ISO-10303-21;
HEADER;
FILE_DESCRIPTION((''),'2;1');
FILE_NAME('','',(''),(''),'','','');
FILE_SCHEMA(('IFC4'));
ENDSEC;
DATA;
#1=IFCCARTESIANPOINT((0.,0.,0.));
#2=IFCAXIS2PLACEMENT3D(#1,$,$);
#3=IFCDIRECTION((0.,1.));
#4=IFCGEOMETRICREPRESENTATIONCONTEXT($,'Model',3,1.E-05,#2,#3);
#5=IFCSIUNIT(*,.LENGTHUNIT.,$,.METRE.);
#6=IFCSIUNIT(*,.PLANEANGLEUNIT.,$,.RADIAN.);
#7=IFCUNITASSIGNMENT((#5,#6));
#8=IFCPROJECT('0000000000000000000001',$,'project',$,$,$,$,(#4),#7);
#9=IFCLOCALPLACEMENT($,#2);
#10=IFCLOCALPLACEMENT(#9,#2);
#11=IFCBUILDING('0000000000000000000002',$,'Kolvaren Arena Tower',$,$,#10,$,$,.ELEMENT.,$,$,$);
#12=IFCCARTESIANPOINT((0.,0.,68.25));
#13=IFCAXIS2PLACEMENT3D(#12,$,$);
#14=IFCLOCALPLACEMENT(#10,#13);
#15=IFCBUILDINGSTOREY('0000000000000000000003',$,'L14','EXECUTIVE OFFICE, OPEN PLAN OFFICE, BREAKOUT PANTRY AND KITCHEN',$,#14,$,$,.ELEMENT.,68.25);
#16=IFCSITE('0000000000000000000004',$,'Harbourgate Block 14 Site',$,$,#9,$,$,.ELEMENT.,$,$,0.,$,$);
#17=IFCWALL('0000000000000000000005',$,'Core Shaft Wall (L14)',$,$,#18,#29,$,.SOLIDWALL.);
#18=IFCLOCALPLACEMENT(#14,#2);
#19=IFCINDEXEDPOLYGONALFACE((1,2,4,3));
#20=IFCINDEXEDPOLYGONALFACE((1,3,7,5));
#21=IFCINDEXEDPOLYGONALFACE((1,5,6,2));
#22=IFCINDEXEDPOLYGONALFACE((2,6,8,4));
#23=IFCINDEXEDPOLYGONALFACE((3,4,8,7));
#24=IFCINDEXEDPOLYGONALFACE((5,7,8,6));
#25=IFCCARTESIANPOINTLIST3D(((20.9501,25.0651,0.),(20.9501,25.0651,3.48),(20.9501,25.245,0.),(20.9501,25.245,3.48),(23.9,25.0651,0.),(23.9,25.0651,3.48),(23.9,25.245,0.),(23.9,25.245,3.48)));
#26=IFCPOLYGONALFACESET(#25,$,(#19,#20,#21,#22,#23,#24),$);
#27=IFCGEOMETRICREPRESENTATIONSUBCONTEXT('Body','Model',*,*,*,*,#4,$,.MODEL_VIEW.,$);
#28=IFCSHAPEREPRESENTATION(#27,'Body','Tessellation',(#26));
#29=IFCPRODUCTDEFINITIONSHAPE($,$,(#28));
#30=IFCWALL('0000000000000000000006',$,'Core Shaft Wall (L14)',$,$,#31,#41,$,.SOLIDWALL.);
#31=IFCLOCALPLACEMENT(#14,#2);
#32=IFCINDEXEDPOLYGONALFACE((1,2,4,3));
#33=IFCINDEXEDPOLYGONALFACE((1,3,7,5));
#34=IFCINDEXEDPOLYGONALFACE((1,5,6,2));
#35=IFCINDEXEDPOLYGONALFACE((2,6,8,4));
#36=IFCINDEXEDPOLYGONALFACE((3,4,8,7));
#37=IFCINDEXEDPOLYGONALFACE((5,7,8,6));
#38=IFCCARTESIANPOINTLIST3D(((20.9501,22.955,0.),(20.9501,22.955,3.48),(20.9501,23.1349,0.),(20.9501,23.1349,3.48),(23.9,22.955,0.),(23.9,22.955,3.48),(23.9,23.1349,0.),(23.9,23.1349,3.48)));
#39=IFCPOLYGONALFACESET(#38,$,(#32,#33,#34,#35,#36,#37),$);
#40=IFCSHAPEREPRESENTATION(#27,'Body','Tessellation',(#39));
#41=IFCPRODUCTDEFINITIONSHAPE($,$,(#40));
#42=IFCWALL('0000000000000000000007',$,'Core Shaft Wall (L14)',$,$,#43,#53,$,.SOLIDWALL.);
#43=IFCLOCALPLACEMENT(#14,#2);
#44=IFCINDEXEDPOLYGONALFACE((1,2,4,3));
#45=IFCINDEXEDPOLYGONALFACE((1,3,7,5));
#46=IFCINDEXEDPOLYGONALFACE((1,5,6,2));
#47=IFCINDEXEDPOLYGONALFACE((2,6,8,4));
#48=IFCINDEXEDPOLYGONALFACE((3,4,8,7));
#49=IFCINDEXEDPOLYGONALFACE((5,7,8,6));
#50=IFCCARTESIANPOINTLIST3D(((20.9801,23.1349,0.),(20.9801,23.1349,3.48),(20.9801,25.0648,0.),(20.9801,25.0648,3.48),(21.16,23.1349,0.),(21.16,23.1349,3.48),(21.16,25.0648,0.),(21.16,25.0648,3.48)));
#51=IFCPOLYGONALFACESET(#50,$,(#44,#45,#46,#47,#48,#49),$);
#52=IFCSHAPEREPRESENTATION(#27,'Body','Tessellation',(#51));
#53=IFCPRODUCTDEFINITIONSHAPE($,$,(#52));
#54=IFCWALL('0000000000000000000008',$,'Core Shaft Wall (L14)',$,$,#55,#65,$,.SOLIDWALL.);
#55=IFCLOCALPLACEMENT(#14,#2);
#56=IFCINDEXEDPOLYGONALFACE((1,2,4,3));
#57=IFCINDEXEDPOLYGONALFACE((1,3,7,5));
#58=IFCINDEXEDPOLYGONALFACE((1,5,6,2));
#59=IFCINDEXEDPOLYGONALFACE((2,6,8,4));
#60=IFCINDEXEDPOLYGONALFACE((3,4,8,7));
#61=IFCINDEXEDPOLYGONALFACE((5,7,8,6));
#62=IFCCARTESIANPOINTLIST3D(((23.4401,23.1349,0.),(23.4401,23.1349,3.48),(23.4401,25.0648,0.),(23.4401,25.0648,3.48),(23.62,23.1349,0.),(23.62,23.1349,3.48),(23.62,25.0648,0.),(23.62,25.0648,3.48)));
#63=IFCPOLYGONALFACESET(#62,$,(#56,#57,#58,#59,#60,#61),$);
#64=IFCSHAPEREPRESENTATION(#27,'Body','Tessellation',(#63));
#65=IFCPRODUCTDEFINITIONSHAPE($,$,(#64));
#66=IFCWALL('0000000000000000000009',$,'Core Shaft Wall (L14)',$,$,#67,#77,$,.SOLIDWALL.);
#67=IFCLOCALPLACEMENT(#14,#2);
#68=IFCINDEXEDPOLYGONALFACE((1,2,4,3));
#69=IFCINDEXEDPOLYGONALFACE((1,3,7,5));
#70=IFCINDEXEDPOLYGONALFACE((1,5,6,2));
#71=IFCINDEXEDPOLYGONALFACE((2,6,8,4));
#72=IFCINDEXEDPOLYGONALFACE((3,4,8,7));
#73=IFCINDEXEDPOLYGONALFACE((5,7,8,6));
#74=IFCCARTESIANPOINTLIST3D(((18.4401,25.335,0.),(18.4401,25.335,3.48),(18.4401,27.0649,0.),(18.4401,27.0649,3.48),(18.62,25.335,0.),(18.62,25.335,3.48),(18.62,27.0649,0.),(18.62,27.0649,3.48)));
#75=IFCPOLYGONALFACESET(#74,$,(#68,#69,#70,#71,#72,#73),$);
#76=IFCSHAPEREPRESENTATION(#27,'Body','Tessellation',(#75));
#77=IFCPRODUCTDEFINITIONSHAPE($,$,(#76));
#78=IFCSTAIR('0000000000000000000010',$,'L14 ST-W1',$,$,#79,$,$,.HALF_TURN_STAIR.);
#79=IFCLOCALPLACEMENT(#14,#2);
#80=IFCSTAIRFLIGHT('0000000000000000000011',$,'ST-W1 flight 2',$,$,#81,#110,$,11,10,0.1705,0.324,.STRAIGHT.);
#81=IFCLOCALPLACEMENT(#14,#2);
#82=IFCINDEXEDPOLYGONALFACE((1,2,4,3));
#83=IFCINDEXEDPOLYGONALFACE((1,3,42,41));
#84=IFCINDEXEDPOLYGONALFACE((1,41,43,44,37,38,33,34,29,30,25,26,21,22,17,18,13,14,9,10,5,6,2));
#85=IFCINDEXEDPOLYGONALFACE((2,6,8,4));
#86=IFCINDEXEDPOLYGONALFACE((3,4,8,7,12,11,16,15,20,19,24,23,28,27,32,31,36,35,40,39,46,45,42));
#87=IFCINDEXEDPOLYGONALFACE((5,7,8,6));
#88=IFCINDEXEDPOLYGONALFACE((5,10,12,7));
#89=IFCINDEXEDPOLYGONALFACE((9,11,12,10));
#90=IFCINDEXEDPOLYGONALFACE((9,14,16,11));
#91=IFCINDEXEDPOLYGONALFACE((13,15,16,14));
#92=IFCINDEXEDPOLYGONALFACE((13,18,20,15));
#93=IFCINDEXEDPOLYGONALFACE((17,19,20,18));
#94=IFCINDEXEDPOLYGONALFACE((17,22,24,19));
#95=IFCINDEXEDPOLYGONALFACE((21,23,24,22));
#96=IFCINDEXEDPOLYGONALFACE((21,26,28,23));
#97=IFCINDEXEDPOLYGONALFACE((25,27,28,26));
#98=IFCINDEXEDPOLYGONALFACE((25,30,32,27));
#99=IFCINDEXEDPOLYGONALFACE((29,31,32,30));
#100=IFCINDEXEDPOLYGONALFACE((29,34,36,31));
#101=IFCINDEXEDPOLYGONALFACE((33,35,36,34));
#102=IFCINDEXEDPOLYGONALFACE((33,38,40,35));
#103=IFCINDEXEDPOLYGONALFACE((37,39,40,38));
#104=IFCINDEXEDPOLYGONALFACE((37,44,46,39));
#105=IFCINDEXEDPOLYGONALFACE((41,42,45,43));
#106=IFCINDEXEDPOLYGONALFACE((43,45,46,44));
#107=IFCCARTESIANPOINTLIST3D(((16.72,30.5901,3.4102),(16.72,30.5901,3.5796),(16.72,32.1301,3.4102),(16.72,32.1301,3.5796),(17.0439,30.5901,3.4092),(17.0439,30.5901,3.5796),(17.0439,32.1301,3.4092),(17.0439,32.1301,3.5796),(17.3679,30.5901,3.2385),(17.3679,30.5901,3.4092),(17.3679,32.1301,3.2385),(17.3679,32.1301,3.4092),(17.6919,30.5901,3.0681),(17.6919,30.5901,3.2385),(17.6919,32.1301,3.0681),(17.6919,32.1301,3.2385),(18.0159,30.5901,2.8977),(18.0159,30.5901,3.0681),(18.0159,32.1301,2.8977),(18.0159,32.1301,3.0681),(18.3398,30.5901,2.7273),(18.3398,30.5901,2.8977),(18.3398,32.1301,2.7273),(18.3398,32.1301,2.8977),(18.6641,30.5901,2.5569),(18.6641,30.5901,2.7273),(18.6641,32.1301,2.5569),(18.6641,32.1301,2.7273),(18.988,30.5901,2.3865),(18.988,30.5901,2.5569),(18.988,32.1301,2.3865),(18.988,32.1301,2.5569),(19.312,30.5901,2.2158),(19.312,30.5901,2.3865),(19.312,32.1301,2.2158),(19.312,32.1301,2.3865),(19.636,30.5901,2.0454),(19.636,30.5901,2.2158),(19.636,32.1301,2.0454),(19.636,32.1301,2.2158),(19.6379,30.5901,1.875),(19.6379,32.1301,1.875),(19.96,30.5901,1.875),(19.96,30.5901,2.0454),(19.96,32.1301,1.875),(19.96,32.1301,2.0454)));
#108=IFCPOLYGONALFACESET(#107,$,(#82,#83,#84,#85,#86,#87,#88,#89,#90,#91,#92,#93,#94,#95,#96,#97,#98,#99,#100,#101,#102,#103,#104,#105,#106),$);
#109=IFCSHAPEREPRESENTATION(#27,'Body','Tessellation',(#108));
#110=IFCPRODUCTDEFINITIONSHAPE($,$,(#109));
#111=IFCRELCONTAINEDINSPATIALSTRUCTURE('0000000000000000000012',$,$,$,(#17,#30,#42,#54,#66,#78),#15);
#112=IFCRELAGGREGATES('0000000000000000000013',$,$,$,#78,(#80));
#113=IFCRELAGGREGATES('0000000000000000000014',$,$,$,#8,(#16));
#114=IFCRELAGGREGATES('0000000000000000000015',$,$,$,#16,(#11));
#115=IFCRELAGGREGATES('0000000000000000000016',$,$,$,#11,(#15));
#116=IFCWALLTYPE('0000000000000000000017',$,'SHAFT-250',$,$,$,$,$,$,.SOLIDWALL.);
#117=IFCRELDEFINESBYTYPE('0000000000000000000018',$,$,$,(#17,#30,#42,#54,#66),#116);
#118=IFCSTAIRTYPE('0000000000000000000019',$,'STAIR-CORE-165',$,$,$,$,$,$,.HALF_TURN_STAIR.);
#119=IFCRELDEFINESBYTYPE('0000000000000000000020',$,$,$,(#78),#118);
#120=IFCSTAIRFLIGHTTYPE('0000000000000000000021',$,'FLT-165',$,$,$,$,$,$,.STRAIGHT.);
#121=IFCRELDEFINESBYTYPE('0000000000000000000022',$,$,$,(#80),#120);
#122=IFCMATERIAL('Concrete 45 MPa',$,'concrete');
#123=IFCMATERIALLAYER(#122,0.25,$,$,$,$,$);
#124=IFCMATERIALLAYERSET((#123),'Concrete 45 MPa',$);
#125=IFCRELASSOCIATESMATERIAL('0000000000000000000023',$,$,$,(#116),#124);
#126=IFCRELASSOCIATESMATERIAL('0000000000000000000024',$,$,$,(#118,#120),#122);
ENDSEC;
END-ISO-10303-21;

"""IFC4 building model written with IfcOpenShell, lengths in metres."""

from ifc_helpers import new_model, si_unit, direction, frame, frame_2d, origin, place, context, subcontext, project, spatial, polyline, rectangle, outline, extrude, material, layer, layer_set, type_object, element, aggregate, save


model = new_model("IFC4")

# Units and contexts
model_context = context("Model", 3, precision=1e-05, world=origin(), true_north=direction((0.0, 1.0)))
body_context = subcontext(model_context, "Body", "Model", "MODEL_VIEW")
ifc_project = project(units=[si_unit("LENGTHUNIT", "METRE"), si_unit("PLANEANGLEUNIT", "RADIAN")], contexts=[model_context])

# Site, building, storey
site_placement = place(None, origin())
site = spatial("IfcSite", under=ifc_project, at=site_placement, Name="Harbourgate Block 14 Site", CompositionType="ELEMENT", RefElevation=0.0)
building_placement = place(site_placement, origin())
building = spatial("IfcBuilding", under=site, at=building_placement, Name="Kolvaren Arena Tower", CompositionType="ELEMENT")
storey_placement = place(building_placement, frame((0.0, 0.0, 68.25)))
storey = spatial("IfcBuildingStorey", under=building, at=storey_placement, Name="L14", Description="EXECUTIVE OFFICE, OPEN PLAN OFFICE, BREAKOUT PANTRY AND KITCHEN", CompositionType="ELEMENT", Elevation=68.25)

# Shared definitions
ifc_material_1 = material(Name="Concrete 45 MPa", Category="concrete")
ifc_layer = layer(ifc_material_1, 0.25)
ifc_layer_set = layer_set([ifc_layer], Name="Concrete 45 MPa")
wall_type = type_object("IfcWallType", Name="SHAFT-250", PredefinedType="SOLIDWALL", material=ifc_layer_set)

# Walls
for number, where, z_axis, x_axis, name in (
    (1, (20.95, 25.155, 0.0), (0.0, 0.0, 1.0), (1.0, 0.0, 0.0), "Core Shaft Wall (L14)"),
    (2, (20.95, 23.0449, 0.0), (0.0, 0.0, 1.0), (1.0, 0.0, 0.0), "Core Shaft Wall (L14)"),
):
    element("IfcWall", number, at=place(storey_placement, frame(where, z_axis=z_axis, x_axis=x_axis)), inside=storey, type_object=wall_type, Name=name, PredefinedType="SOLIDWALL", context=body_context, shape_type="SweptSolid", body=[
        extrude(rectangle(XDim=2.95, YDim=0.1799, at=frame_2d((1.4751, 0.0))), origin(), (0.0, 0.0, 1.0), 3.48),
    ])
for number, where, z_axis, x_axis, name in (
    (3, (21.0701, 23.135, 0.0), (0.0, 0.0, 1.0), (0.0, 1.0, 0.0), "Core Shaft Wall (L14)"),
    (4, (23.53, 23.135, 0.0), (0.0, 0.0, 1.0), (0.0, 1.0, 0.0), "Core Shaft Wall (L14)"),
):
    element("IfcWall", number, at=place(storey_placement, frame(where, z_axis=z_axis, x_axis=x_axis)), inside=storey, type_object=wall_type, Name=name, PredefinedType="SOLIDWALL", context=body_context, shape_type="SweptSolid", body=[
        extrude(rectangle(XDim=1.9299, YDim=0.1799, at=frame_2d((0.9648, 0.0))), origin(), (0.0, 0.0, 1.0), 3.48),
    ])
wall_1_placement = place(storey_placement, frame((18.53, 25.335, 0.0), z_axis=(0.0, 0.0, 1.0), x_axis=(0.0, 1.0, 0.0)))
element("IfcWall", 5, at=wall_1_placement, inside=storey, type_object=wall_type, Name="Core Shaft Wall (L14)", PredefinedType="SOLIDWALL", context=body_context, shape_type="SweptSolid", body=[
    extrude(rectangle(XDim=1.73, YDim=0.1799, at=frame_2d((0.865, 0.0))), origin(), (0.0, 0.0, 1.0), 3.48),
])

# Stair, stair flight
stair_type = type_object("IfcStairType", Name="STAIR-CORE-165", PredefinedType="HALF_TURN_STAIR", material=ifc_material_1)
stair_placement = place(storey_placement, origin())
stair = element("IfcStair", 6, at=stair_placement, inside=storey, type_object=stair_type, Name="L14 ST-W1", PredefinedType="HALF_TURN_STAIR")
stair_flight_type = type_object("IfcStairFlightType", Name="FLT-165", PredefinedType="STRAIGHT", material=ifc_material_1)
stair_flight_placement = place(storey_placement, frame((19.96, 31.3601, 1.875), z_axis=(0.0, 0.0, 1.0), x_axis=(-1.0, 0.0, 0.0)))
stair_flight = element("IfcStairFlight", 7, at=stair_flight_placement, type_object=stair_flight_type, Name="ST-W1 flight 2", NumberOfRisers=11, NumberOfTreads=10, PredefinedType="STRAIGHT", RiserHeight=0.1705, TreadLength=0.324, context=body_context, shape_type="SweptSolid", body=[
    extrude(outline(polyline([(0.0, 0.0), (0.0, 0.1704), (0.324, 0.1704), (0.324, 0.3408), (0.6479, 0.3408), (0.6479, 0.5115), (0.9719, 0.5115), (0.9719, 0.6819), (1.2959, 0.6819), (1.2959, 0.8523), (1.6201, 0.8523), (1.6201, 1.0227), (1.9441, 1.0227), (1.9441, 1.1931), (2.2681, 1.1931), (2.2681, 1.3635), (2.592, 1.3635), (2.592, 1.5342), (2.916, 1.5342), (2.916, 1.7046), (3.24, 1.7046), (3.24, 1.875), (3.24, 1.5352), (0.322, 0.0), (0.0, 0.0)])), frame((0.0, 0.77, 0.0), z_axis=(0.0, -1.0, 0.0), x_axis=(1.0, 0.0, 0.0)), (0.0, 0.0, 1.0), 1.54),
])
aggregate(stair, [stair_flight])

save(model, "model.ifc")
